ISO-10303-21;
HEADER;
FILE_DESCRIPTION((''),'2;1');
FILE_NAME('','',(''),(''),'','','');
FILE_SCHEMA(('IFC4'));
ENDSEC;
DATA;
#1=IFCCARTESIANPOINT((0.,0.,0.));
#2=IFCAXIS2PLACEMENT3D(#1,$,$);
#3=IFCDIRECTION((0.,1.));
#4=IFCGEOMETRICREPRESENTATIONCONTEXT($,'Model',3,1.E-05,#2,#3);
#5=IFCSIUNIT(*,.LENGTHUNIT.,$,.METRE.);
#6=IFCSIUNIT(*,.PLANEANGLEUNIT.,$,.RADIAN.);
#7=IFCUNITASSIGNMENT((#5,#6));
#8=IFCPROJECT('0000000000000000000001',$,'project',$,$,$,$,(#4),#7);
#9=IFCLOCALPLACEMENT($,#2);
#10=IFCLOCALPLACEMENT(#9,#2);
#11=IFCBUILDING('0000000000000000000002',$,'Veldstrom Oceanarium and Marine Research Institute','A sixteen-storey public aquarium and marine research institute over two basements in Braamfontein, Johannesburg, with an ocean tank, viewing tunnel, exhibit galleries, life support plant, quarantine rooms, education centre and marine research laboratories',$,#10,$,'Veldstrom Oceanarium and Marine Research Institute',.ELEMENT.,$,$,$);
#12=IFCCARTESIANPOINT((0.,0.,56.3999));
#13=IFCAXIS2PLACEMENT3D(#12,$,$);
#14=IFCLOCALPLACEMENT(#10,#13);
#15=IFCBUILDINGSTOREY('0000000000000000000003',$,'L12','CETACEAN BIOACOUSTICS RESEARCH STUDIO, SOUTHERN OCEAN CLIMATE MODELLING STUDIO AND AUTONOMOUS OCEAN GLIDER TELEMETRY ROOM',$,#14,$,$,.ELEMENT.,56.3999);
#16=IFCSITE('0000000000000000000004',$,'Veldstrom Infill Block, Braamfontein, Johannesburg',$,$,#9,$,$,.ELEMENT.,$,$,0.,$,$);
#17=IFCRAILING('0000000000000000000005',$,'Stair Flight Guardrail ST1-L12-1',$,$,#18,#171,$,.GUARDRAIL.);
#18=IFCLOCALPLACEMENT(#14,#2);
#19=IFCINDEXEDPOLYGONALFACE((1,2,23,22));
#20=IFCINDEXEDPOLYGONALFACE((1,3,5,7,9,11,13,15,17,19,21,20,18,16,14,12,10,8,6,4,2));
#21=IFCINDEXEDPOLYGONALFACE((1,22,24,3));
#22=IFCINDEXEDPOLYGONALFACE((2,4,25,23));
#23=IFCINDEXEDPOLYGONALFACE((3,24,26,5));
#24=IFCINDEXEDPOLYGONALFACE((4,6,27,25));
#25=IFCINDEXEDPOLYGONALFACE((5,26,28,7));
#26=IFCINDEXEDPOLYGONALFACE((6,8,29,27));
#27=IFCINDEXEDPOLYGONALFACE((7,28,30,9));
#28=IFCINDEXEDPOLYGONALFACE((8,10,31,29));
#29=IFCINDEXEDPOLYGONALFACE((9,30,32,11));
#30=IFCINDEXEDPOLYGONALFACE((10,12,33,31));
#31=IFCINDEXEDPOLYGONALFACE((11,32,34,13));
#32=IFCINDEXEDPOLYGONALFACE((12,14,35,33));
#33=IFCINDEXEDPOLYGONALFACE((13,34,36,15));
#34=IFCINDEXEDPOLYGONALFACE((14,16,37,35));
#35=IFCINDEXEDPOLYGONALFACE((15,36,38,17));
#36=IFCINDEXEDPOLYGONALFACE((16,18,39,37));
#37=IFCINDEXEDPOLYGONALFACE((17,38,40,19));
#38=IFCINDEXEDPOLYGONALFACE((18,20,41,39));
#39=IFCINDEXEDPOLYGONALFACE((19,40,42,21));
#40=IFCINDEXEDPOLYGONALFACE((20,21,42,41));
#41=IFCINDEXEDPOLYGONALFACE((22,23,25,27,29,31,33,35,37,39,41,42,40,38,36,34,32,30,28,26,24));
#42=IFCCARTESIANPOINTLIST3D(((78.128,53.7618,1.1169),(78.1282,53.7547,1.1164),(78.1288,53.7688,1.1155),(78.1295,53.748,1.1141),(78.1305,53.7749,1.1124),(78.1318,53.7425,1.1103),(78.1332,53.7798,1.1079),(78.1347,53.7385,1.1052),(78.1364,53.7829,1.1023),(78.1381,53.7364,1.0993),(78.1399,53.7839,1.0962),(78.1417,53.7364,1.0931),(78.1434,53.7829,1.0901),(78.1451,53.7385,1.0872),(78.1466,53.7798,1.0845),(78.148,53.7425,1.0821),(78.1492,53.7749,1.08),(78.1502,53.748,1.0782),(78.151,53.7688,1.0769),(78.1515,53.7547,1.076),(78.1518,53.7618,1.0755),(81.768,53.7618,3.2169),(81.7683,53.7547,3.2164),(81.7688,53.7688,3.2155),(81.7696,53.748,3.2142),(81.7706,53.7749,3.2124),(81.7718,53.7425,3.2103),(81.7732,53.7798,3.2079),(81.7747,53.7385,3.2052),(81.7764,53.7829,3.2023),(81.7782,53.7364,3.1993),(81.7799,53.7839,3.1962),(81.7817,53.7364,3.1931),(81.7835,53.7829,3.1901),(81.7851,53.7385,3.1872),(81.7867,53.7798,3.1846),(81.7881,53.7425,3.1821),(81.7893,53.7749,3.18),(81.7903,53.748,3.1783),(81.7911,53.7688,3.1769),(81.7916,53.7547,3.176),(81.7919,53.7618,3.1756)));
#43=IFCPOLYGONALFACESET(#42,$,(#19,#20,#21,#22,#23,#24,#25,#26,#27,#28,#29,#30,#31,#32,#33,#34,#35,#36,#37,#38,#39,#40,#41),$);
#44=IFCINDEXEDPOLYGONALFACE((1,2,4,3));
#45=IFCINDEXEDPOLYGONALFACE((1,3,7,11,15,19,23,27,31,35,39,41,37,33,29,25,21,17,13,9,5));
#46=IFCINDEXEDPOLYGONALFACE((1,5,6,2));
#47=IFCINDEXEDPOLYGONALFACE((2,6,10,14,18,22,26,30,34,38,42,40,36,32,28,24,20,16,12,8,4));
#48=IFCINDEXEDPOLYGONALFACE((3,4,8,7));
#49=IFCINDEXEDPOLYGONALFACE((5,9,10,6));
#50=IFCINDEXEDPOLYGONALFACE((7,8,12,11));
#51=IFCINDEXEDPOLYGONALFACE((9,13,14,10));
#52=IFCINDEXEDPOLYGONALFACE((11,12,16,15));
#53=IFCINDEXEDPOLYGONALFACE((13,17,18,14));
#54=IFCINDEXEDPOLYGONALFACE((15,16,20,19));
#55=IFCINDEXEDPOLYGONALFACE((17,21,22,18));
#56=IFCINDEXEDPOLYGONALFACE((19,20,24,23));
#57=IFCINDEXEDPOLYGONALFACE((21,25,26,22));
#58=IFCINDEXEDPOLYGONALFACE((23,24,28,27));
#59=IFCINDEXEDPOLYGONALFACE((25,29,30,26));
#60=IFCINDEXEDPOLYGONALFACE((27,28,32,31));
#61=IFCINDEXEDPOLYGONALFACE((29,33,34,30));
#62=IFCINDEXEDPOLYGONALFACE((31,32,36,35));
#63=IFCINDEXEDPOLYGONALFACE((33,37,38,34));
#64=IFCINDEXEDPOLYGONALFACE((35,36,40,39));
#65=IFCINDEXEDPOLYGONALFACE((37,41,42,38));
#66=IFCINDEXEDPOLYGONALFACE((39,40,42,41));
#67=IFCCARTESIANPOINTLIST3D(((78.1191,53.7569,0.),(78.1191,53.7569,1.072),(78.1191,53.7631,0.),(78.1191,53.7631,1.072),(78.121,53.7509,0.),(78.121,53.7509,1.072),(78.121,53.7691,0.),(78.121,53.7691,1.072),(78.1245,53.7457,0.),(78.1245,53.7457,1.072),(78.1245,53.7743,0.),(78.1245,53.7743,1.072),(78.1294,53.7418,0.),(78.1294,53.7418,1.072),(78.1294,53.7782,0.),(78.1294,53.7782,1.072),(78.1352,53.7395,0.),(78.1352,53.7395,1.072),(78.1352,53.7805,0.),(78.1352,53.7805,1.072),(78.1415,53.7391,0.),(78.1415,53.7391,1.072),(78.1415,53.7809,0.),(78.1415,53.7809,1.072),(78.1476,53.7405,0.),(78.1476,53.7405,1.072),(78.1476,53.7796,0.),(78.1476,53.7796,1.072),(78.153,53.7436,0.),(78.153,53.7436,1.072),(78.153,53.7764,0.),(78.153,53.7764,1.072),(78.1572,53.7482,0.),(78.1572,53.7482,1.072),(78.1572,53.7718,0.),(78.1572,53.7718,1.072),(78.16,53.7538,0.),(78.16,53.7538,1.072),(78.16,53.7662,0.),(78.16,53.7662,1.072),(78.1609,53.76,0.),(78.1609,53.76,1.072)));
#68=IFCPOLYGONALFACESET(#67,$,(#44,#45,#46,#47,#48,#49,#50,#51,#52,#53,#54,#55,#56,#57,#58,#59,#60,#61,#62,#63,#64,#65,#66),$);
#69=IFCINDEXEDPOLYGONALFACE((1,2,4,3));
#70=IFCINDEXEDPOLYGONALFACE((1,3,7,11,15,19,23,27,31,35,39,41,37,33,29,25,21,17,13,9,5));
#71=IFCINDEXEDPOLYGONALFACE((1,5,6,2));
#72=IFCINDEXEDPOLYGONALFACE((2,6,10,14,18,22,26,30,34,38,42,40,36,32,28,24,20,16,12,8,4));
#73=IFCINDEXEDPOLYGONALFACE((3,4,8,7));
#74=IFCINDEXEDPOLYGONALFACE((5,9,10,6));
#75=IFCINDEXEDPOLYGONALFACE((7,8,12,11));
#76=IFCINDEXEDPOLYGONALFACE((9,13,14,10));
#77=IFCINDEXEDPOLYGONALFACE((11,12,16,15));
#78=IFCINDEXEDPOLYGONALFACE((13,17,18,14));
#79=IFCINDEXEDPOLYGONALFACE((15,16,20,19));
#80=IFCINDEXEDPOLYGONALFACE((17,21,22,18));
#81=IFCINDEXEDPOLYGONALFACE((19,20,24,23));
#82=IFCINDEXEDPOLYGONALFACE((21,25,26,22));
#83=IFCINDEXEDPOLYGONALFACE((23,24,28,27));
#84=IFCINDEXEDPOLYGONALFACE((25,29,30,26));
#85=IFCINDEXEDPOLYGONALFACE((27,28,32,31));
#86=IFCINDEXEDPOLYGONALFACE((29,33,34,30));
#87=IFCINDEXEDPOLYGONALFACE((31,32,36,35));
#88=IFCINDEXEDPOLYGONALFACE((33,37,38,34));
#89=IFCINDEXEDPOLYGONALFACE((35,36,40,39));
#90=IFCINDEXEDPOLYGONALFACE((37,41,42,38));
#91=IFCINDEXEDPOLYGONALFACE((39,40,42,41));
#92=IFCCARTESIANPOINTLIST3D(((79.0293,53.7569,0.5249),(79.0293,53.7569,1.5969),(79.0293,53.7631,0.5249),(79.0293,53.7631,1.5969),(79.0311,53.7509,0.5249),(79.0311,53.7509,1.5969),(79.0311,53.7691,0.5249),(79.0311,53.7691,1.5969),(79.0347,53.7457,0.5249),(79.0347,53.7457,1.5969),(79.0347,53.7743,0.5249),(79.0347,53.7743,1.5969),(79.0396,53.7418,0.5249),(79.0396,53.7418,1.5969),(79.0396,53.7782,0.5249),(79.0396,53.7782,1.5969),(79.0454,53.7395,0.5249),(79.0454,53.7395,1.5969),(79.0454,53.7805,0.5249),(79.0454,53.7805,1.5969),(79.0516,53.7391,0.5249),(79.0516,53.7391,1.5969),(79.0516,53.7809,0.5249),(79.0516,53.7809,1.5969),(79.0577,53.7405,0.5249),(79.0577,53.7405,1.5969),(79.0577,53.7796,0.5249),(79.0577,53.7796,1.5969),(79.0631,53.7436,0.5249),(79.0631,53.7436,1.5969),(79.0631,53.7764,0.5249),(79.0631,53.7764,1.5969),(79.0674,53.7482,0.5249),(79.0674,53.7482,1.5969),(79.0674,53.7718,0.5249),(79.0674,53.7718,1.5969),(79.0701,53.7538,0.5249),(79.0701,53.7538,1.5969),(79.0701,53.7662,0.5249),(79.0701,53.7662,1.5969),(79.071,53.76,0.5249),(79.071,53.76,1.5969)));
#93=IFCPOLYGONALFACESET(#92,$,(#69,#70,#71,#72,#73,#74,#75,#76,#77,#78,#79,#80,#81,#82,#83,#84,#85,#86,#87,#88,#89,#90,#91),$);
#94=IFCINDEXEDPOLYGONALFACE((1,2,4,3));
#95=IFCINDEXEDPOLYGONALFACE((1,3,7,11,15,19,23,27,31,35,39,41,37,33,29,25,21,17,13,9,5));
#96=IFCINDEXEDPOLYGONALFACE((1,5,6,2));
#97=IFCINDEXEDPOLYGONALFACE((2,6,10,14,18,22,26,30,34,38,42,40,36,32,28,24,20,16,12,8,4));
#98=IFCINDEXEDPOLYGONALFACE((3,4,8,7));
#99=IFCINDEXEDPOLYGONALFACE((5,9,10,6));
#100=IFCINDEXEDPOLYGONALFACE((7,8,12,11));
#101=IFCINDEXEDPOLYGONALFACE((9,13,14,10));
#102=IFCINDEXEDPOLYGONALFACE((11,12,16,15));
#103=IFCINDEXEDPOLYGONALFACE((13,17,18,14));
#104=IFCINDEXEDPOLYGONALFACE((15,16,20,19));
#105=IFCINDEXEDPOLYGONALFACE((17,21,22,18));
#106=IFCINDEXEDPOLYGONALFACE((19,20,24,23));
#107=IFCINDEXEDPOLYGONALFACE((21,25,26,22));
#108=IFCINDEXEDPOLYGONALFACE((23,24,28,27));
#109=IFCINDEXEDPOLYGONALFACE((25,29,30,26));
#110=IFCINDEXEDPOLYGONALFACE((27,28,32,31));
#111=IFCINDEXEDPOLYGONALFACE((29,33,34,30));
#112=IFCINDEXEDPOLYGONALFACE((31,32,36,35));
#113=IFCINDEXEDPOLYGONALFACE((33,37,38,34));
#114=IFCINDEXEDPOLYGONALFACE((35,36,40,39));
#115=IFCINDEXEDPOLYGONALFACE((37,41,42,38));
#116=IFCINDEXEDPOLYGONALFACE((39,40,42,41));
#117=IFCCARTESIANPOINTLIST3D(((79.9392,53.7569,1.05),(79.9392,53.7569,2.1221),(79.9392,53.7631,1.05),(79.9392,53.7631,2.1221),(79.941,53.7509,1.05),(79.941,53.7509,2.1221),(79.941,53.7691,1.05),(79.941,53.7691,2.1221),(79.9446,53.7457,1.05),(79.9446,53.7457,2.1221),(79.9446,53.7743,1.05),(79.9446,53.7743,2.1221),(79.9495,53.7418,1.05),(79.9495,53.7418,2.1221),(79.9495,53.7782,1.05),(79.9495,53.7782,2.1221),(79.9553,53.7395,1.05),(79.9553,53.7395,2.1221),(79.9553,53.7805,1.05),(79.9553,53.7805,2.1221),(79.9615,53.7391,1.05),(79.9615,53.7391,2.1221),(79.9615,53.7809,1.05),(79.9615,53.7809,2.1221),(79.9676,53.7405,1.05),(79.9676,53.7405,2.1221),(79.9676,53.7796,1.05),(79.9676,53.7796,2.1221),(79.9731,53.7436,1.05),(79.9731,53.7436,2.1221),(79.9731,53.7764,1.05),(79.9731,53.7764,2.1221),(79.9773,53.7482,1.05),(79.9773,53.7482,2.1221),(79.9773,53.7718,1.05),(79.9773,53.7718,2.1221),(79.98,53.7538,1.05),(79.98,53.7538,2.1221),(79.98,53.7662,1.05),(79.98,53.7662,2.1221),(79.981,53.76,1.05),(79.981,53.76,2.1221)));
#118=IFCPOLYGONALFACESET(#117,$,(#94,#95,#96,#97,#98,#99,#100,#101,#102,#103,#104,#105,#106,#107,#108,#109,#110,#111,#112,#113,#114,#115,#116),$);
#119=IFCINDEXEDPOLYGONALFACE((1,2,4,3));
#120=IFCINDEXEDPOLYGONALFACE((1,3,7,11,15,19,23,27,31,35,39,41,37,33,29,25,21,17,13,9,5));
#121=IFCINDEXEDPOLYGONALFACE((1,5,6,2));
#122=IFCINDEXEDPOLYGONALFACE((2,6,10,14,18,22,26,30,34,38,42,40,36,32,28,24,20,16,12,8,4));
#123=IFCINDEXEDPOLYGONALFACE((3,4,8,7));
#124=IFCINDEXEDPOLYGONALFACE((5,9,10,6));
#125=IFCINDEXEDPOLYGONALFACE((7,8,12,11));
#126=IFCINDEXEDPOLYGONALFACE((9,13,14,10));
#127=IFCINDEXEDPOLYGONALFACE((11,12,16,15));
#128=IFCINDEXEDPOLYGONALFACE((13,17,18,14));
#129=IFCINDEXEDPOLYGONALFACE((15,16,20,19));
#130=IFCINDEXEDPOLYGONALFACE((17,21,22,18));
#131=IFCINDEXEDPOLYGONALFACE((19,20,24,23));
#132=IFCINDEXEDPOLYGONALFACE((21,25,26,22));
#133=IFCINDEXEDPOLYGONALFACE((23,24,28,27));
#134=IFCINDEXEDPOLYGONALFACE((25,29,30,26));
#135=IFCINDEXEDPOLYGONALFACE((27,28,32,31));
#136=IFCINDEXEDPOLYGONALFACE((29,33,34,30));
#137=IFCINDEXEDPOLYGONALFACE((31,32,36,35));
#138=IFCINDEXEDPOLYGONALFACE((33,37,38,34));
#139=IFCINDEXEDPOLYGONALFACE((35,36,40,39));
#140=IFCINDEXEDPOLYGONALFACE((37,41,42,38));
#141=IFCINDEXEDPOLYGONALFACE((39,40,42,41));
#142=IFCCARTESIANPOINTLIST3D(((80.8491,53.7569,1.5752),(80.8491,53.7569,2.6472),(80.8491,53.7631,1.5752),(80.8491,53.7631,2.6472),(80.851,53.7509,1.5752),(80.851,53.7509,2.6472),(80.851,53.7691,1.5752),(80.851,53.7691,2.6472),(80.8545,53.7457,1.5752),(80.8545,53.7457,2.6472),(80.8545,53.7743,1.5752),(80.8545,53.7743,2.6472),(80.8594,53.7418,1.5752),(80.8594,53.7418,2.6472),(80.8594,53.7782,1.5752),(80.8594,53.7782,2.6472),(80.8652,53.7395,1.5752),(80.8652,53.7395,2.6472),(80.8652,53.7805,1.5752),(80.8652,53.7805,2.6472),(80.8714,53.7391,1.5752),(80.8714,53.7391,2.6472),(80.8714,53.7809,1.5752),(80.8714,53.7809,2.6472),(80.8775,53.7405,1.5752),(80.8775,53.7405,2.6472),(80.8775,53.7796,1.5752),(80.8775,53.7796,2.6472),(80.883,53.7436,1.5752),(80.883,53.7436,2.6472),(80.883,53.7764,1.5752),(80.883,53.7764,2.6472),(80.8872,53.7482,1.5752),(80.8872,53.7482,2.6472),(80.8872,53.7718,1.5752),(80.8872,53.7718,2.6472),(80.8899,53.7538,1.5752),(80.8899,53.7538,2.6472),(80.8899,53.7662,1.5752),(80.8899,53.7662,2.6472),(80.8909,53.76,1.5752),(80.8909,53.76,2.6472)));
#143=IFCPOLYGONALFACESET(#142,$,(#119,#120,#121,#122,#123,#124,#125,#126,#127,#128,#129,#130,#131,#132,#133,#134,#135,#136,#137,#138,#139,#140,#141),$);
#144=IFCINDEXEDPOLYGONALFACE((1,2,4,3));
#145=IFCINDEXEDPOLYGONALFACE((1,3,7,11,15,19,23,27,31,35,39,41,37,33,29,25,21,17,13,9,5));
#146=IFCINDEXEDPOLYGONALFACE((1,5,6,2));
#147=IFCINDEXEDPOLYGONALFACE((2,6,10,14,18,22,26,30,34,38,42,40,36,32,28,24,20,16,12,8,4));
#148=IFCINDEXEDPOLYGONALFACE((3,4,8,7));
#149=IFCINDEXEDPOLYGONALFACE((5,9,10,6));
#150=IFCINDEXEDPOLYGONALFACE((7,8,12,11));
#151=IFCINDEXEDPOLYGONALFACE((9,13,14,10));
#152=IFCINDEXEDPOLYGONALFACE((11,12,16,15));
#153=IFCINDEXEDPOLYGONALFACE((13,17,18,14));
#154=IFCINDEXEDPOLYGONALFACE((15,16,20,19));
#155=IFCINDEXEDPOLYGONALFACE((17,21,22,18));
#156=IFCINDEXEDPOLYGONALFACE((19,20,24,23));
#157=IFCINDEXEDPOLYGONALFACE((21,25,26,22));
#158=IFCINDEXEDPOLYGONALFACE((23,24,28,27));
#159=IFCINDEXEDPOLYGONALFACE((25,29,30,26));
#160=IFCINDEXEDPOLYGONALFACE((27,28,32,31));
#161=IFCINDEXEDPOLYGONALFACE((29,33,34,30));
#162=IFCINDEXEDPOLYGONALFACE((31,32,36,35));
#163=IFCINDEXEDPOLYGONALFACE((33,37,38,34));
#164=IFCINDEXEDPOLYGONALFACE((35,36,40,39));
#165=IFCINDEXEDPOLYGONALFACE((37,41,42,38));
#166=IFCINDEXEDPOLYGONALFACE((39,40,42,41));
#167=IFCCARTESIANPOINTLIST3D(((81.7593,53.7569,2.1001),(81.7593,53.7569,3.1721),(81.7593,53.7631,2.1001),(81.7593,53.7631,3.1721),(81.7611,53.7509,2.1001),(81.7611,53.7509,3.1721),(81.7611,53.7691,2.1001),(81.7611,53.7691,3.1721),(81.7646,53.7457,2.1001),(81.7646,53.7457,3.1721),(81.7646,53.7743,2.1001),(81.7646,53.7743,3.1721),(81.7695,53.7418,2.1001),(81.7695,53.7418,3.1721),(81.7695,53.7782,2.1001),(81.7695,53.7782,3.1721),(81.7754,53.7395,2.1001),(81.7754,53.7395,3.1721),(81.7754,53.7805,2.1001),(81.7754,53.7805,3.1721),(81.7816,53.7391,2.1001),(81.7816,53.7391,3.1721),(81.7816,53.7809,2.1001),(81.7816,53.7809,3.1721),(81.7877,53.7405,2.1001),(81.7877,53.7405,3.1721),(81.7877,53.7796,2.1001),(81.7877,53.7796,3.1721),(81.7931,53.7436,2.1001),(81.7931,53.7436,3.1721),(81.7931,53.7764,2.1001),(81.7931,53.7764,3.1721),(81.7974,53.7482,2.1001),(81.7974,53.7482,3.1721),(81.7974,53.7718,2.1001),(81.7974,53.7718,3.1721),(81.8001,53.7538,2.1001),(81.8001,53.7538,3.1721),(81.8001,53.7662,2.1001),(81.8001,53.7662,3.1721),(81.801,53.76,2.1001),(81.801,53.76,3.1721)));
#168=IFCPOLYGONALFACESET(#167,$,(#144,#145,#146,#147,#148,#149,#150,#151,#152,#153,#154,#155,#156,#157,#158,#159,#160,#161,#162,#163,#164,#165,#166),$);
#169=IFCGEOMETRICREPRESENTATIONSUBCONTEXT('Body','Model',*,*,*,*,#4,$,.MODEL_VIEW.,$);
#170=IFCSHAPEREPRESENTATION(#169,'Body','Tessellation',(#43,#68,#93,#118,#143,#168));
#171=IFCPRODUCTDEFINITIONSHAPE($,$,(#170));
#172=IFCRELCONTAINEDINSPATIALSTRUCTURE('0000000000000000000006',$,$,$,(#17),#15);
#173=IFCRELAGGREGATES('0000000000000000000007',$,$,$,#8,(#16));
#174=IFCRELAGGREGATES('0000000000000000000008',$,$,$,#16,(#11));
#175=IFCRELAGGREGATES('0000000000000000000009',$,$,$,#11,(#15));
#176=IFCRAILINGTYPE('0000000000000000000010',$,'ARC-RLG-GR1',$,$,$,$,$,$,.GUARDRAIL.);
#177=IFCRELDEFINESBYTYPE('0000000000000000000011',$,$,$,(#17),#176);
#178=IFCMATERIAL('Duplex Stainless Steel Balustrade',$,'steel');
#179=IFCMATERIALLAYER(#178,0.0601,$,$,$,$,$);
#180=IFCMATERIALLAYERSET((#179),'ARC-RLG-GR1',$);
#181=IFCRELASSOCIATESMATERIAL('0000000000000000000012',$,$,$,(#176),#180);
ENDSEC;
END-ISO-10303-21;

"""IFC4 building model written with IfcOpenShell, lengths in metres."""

from ifc_helpers import new_model, si_unit, direction, frame, origin, origin_2d, place, context, subcontext, project, spatial, circle, extrude, material, layer, layer_set, type_object, element, save


model = new_model("IFC4")

# Units and contexts
model_context = context("Model", 3, precision=1e-05, world=origin(), true_north=direction((0.0, 1.0)))
body_context = subcontext(model_context, "Body", "Model", "MODEL_VIEW")
ifc_project = project(units=[si_unit("LENGTHUNIT", "METRE"), si_unit("PLANEANGLEUNIT", "RADIAN")], contexts=[model_context])

# Site, building, storey
site_placement = place(None, origin())
site = spatial("IfcSite", under=ifc_project, at=site_placement, Name="Veldstrom Infill Block, Braamfontein, Johannesburg", CompositionType="ELEMENT", RefElevation=0.0)
building_placement = place(site_placement, origin())
building = spatial("IfcBuilding", under=site, at=building_placement, Name="Veldstrom Oceanarium and Marine Research Institute", Description="A sixteen-storey public aquarium and marine research institute over two basements in Braamfontein, Johannesburg, with an ocean tank, viewing tunnel, exhibit galleries, life support plant, quarantine rooms, education centre and marine research laboratories", LongName="Veldstrom Oceanarium and Marine Research Institute", CompositionType="ELEMENT")
storey_placement = place(building_placement, frame((0.0, 0.0, 56.3999)))
storey = spatial("IfcBuildingStorey", under=building, at=storey_placement, Name="L12", Description="CETACEAN BIOACOUSTICS RESEARCH STUDIO, SOUTHERN OCEAN CLIMATE MODELLING STUDIO AND AUTONOMOUS OCEAN GLIDER TELEMETRY ROOM", CompositionType="ELEMENT", Elevation=56.3999)

# Railing
ifc_material_1 = material(Name="Duplex Stainless Steel Balustrade", Category="steel")
ifc_layer_1 = layer(ifc_material_1, 0.0601)
ifc_layer_set_1 = layer_set([ifc_layer_1], Name="ARC-RLG-GR1")
railing_type_1 = type_object("IfcRailingType", Name="ARC-RLG-GR1", PredefinedType="GUARDRAIL", material=ifc_layer_set_1)
railing_1_placement = place(storey_placement, frame((78.1399, 53.76, 0.0)))
element("IfcRailing", 1, at=railing_1_placement, inside=storey, type_object=railing_type_1, Name="Stair Flight Guardrail ST1-L12-1", PredefinedType="GUARDRAIL", context=body_context, shape_type="SweptSolid", body=[
    extrude(circle(Radius=0.0239, at=origin_2d()), frame((0.0, 0.0, 1.0962), z_axis=(0.866184, 0.0, 0.499726), x_axis=(0.0, 1.0, 0.0)), (0.0, 0.0, 1.0), 4.2024),
    extrude(circle(Radius=0.021, at=origin_2d()), origin(), (0.0, 0.0, 1.0), 1.072),
    extrude(circle(Radius=0.021, at=origin_2d()), frame((0.9102, 0.0, 0.5249)), (0.0, 0.0, 1.0), 1.072),
    extrude(circle(Radius=0.021, at=origin_2d()), frame((1.8201, 0.0, 1.05)), (0.0, 0.0, 1.0), 1.072),
    extrude(circle(Radius=0.021, at=origin_2d()), frame((2.73, 0.0, 1.5752)), (0.0, 0.0, 1.0), 1.072),
    extrude(circle(Radius=0.021, at=origin_2d()), frame((3.6401, 0.0, 2.1001)), (0.0, 0.0, 1.0), 1.072),
])

save(model, "model.ifc")
